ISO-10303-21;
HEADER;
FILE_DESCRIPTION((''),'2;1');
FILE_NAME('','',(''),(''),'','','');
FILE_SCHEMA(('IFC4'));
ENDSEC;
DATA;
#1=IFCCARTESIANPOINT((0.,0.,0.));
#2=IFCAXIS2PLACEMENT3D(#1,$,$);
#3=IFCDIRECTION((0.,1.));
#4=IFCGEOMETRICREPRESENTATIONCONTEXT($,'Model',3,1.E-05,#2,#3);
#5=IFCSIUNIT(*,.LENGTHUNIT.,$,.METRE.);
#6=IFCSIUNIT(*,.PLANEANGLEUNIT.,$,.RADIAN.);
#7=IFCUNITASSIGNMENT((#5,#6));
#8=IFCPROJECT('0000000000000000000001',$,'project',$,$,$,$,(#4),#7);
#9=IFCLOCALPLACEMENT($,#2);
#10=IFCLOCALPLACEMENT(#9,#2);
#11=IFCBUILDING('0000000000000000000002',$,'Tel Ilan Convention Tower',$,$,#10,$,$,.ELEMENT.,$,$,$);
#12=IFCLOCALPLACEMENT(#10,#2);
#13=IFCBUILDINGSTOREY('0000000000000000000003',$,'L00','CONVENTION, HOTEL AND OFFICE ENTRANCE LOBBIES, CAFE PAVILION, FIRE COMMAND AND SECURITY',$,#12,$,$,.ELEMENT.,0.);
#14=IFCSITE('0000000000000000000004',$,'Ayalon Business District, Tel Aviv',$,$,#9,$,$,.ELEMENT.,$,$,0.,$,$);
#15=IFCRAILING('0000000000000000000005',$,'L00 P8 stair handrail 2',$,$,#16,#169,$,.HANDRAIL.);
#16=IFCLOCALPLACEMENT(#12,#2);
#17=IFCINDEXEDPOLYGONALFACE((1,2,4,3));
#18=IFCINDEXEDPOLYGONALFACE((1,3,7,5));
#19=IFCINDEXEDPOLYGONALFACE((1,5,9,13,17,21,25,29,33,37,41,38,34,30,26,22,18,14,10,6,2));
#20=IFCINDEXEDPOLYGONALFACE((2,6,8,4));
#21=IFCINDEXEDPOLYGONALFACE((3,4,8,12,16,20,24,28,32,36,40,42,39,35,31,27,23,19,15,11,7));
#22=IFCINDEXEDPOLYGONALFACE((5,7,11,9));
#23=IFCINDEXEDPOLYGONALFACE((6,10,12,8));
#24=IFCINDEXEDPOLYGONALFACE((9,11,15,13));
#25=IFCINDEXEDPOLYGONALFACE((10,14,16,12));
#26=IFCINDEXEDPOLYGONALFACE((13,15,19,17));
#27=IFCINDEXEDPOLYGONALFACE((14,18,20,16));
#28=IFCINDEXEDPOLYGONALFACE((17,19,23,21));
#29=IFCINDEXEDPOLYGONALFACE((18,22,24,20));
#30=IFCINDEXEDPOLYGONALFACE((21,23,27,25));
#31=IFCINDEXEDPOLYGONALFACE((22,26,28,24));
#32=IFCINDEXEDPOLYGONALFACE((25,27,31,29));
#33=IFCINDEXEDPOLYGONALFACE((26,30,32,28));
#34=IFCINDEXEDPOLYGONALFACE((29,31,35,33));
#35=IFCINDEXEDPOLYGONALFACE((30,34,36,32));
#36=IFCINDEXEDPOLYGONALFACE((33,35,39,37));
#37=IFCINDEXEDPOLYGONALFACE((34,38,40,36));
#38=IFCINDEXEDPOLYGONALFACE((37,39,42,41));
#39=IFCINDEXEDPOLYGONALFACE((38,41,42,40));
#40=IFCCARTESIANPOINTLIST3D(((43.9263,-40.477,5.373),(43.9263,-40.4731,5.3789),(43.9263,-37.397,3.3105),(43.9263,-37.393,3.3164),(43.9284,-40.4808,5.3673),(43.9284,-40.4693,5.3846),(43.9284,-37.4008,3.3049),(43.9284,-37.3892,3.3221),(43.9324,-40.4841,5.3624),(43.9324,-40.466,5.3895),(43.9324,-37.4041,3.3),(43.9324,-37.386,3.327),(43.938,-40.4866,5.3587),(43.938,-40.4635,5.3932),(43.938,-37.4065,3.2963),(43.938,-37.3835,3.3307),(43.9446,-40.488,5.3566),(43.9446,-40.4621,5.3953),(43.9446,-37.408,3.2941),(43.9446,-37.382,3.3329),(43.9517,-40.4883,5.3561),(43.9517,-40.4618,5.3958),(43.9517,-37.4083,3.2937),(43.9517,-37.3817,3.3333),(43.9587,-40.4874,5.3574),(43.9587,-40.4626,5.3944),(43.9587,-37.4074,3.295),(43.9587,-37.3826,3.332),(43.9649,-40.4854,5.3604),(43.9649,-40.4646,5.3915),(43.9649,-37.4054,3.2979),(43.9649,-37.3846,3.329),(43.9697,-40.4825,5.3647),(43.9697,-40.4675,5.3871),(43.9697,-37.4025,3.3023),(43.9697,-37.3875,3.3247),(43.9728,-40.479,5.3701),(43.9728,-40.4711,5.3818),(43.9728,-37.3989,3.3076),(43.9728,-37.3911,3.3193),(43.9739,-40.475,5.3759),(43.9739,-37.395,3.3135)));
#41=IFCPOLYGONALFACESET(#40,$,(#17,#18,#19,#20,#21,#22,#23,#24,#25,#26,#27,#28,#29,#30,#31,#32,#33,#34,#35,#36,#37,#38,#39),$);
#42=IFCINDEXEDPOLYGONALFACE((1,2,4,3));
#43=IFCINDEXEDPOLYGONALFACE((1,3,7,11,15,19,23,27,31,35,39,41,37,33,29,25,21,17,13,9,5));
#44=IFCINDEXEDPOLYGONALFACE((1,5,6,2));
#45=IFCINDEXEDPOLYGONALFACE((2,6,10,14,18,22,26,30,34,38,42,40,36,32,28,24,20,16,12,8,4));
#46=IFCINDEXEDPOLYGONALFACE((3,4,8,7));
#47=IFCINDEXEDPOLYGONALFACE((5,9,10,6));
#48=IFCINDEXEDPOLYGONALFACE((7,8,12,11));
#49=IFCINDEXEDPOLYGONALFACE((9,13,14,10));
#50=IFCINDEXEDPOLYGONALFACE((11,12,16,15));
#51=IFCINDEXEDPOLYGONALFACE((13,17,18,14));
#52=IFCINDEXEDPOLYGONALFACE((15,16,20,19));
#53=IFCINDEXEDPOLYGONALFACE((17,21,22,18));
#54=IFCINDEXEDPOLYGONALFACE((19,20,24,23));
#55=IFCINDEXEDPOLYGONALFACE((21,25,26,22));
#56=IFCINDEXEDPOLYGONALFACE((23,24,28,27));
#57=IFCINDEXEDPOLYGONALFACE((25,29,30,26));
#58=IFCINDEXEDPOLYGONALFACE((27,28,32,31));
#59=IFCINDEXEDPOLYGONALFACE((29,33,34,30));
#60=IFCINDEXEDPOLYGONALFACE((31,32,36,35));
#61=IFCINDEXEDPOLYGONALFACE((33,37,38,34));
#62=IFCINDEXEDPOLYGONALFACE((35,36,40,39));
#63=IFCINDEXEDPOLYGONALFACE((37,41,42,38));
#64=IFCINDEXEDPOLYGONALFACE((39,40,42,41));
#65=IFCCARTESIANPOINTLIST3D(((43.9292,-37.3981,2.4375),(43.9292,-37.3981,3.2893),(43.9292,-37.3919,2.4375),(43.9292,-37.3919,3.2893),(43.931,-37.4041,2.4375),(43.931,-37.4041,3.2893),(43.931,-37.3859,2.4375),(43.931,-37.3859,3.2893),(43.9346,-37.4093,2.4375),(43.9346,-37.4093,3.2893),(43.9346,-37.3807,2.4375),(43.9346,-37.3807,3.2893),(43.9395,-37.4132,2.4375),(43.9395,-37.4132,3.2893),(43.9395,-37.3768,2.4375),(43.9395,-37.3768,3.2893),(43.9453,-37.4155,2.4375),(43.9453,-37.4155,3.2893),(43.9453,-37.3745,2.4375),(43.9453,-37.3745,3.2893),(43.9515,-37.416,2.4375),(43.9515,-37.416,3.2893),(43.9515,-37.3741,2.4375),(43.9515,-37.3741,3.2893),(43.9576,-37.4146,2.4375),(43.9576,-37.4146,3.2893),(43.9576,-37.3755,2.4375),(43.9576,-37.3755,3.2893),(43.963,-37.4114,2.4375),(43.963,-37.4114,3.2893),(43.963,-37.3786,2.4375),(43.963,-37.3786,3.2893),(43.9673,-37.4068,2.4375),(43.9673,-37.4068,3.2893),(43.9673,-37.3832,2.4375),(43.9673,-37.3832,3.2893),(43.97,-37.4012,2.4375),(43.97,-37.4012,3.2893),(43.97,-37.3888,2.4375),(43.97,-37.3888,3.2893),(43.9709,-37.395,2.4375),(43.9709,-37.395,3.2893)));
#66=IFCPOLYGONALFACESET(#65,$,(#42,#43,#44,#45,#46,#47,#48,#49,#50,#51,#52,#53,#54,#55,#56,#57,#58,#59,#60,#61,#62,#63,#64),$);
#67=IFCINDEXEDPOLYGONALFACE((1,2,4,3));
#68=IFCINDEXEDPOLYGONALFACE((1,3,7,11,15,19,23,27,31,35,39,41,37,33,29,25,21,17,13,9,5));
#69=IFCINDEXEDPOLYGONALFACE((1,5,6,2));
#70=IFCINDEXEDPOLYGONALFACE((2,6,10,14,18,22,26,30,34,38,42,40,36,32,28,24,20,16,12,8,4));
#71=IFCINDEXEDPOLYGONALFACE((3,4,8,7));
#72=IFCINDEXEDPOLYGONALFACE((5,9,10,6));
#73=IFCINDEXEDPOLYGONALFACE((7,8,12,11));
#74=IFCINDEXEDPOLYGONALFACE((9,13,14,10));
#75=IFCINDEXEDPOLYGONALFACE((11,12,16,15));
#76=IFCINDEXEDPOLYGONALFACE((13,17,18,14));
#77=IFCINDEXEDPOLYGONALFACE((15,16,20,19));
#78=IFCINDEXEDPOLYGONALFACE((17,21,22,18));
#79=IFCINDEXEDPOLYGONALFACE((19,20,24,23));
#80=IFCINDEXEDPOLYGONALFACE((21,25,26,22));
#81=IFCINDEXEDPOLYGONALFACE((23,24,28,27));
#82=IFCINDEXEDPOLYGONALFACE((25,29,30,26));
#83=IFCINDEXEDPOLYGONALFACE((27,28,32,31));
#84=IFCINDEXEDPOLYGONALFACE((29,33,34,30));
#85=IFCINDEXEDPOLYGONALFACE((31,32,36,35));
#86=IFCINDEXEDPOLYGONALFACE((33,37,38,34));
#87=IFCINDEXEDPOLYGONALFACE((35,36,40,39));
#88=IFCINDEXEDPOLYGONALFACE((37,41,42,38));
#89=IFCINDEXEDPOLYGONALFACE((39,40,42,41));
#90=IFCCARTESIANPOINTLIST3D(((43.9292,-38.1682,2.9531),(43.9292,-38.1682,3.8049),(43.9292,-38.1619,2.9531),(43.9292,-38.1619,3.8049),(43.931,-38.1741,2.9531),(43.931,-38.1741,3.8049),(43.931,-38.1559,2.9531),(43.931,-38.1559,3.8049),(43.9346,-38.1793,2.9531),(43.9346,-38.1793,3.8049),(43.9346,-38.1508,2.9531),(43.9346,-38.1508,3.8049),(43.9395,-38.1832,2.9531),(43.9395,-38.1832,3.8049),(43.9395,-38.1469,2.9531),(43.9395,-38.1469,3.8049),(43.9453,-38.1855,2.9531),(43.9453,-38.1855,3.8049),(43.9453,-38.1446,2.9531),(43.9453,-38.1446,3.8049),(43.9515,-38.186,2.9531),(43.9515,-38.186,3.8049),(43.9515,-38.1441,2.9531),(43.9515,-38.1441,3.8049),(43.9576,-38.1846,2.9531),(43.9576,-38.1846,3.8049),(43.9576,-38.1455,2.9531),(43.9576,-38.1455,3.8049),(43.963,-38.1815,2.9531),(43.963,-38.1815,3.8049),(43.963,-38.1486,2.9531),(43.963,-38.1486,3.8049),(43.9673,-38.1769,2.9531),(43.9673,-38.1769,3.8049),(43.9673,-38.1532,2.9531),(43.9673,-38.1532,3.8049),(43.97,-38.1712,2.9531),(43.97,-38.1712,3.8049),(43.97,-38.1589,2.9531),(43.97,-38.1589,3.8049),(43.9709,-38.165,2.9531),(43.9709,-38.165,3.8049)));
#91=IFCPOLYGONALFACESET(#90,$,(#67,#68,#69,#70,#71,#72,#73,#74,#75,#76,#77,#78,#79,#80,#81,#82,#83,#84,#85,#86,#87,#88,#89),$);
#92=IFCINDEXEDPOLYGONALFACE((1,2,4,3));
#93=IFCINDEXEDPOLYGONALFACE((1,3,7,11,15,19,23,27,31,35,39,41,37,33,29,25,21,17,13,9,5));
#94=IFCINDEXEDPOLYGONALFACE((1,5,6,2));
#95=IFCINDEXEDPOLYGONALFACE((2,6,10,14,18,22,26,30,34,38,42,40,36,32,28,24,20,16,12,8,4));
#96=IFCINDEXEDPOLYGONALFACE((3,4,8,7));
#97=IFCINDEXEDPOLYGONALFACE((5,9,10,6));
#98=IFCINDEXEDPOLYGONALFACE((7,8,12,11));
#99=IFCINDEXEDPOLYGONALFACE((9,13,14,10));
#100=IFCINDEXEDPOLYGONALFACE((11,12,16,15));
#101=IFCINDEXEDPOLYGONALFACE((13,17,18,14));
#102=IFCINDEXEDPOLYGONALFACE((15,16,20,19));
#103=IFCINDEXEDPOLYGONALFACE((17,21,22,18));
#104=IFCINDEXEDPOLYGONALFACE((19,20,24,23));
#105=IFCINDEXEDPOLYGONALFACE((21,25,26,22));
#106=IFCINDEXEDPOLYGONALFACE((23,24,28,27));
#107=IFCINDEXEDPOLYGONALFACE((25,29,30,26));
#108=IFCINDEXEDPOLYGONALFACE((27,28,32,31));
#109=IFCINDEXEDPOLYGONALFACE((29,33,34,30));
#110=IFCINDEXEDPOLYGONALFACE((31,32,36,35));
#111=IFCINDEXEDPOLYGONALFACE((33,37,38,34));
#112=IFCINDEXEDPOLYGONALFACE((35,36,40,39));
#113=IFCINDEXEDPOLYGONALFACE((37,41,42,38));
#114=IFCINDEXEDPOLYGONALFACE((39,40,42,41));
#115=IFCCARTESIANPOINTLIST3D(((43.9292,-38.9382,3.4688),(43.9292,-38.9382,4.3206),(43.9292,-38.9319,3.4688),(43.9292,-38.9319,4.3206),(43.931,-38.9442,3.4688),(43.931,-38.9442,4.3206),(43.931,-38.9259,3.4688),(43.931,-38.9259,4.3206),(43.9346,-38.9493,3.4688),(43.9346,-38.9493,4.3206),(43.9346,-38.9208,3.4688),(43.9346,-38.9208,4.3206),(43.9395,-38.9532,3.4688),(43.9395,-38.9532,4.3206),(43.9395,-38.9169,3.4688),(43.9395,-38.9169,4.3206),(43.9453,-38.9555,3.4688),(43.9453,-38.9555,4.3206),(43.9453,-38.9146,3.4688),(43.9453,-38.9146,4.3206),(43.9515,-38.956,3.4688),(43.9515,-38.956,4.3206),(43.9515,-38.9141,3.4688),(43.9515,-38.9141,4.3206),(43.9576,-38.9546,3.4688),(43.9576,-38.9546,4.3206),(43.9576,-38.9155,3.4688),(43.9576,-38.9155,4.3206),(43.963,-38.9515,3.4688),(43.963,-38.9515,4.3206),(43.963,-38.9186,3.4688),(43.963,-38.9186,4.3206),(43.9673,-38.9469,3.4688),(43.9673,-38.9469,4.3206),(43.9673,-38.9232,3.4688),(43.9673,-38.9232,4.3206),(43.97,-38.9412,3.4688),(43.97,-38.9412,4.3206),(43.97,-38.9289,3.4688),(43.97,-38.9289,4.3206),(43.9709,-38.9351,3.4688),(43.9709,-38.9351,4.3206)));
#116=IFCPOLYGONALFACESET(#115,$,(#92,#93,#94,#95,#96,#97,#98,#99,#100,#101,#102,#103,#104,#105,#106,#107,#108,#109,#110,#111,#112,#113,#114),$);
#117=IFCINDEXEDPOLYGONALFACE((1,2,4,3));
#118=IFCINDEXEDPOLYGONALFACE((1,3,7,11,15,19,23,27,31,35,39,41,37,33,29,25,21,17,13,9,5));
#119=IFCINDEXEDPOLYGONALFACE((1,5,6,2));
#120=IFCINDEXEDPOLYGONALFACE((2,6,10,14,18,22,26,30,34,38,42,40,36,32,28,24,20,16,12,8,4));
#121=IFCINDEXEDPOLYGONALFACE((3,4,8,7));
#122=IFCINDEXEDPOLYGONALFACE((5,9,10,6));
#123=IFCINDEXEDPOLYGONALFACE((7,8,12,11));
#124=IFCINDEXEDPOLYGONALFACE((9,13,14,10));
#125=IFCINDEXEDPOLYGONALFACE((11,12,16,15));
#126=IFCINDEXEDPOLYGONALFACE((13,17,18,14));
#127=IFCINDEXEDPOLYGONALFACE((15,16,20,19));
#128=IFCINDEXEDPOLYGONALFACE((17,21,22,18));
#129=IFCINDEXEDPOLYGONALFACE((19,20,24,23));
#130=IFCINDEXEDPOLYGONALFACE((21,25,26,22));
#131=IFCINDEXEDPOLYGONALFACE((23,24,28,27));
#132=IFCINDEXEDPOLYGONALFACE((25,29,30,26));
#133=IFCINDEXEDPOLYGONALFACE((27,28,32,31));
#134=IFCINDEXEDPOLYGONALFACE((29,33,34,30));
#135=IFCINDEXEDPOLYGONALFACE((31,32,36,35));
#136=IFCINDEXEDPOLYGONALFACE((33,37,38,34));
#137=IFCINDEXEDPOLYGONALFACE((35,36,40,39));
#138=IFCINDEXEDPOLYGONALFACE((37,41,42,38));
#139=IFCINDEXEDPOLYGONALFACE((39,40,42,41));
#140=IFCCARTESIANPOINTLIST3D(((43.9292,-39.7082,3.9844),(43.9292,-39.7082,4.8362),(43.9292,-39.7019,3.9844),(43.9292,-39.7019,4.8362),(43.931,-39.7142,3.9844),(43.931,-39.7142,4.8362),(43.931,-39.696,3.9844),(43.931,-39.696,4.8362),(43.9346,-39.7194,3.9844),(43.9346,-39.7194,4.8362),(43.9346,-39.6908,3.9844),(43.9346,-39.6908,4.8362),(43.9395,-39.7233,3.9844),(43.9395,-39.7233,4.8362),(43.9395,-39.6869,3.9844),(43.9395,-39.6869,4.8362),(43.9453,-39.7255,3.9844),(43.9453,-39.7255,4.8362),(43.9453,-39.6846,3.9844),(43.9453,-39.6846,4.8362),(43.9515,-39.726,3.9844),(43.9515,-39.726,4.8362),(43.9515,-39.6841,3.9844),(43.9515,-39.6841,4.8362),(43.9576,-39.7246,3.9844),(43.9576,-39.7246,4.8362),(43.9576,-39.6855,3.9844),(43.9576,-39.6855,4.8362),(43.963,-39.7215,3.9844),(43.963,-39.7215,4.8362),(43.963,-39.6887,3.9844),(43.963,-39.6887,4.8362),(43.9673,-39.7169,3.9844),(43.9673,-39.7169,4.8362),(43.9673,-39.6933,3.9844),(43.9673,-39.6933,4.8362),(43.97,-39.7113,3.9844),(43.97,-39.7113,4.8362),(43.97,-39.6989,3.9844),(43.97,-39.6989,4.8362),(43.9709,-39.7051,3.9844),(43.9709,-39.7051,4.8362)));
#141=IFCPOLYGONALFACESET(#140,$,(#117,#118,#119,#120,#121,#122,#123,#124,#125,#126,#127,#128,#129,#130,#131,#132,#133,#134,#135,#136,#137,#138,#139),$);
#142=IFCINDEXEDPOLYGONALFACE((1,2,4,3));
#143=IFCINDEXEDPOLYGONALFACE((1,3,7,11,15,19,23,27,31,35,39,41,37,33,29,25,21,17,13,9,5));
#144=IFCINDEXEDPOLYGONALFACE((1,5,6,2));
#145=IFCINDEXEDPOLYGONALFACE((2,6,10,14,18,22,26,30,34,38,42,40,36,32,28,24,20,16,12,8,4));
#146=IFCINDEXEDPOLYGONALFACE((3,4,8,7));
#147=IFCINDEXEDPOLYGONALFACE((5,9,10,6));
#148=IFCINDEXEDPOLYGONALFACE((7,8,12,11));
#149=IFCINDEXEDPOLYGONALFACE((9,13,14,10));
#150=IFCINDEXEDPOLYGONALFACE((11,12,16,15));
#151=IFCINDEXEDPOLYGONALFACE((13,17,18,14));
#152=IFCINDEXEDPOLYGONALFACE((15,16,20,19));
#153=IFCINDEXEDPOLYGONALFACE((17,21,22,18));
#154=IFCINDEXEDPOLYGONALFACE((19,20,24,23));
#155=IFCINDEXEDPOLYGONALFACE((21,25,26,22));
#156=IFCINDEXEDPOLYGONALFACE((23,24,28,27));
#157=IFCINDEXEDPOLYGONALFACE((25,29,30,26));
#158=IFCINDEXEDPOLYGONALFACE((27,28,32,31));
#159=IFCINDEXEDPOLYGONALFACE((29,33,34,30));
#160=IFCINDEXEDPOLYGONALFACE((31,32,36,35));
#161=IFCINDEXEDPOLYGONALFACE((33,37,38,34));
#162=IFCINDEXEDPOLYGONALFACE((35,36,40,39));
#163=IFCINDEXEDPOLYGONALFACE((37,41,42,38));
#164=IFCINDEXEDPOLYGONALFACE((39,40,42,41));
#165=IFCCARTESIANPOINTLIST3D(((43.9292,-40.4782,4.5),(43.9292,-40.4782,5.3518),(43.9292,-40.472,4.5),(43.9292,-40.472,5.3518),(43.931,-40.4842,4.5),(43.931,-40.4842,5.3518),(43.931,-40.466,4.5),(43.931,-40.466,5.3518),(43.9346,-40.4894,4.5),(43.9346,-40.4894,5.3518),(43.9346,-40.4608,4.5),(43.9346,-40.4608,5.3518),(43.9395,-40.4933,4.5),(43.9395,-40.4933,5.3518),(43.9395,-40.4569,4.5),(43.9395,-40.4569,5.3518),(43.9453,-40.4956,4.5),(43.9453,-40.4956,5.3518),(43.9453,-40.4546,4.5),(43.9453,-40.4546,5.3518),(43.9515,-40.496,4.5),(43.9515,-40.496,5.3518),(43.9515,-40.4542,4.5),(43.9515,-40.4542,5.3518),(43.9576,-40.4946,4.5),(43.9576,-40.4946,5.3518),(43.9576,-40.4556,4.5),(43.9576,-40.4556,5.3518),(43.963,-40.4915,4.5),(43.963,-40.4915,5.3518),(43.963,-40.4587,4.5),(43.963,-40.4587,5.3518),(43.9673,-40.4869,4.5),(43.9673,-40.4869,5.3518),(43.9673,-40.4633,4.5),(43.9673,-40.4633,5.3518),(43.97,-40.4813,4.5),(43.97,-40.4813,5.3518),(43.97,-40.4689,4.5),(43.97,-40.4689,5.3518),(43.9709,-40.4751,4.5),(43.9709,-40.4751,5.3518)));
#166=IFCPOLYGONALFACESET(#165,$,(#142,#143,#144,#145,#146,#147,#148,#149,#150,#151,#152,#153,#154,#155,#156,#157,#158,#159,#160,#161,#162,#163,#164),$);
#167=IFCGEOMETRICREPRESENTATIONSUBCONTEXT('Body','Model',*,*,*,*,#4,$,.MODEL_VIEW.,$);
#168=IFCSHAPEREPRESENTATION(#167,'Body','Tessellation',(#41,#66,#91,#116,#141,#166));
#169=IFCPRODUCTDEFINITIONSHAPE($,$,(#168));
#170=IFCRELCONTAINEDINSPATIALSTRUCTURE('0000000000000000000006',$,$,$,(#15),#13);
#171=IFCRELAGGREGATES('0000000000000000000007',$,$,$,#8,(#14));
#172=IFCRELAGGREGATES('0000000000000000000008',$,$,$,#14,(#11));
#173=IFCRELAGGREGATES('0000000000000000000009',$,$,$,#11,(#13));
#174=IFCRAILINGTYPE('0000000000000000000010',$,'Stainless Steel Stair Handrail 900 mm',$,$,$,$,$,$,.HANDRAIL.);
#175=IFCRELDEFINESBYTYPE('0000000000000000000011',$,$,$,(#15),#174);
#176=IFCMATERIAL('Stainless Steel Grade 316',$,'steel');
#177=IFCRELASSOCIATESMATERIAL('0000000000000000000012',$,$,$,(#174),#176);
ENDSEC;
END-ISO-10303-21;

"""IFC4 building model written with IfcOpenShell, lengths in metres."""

from ifc_helpers import new_model, si_unit, direction, frame, origin, origin_2d, place, context, subcontext, project, spatial, circle, extrude, material, type_object, element, save


model = new_model("IFC4")

# Units and contexts
model_context = context("Model", 3, precision=1e-05, world=origin(), true_north=direction((0.0, 1.0)))
body_context = subcontext(model_context, "Body", "Model", "MODEL_VIEW")
ifc_project = project(units=[si_unit("LENGTHUNIT", "METRE"), si_unit("PLANEANGLEUNIT", "RADIAN")], contexts=[model_context])

# Site, building, storey
site_placement = place(None, origin())
site = spatial("IfcSite", under=ifc_project, at=site_placement, Name="Ayalon Business District, Tel Aviv", CompositionType="ELEMENT", RefElevation=0.0)
building_placement = place(site_placement, origin())
building = spatial("IfcBuilding", under=site, at=building_placement, Name="Tel Ilan Convention Tower", CompositionType="ELEMENT")
storey_placement = place(building_placement, origin())
storey = spatial("IfcBuildingStorey", under=building, at=storey_placement, Name="L00", Description="CONVENTION, HOTEL AND OFFICE ENTRANCE LOBBIES, CAFE PAVILION, FIRE COMMAND AND SECURITY", CompositionType="ELEMENT", Elevation=0.0)

# Railing
ifc_material_1 = material(Name="Stainless Steel Grade 316", Category="steel")
railing_type_1 = type_object("IfcRailingType", Name="Stainless Steel Stair Handrail 900 mm", PredefinedType="HANDRAIL", material=ifc_material_1)
for number, where, name in (
    (1, (43.95, -37.395, 2.4375), "L00 P8 stair handrail 2"),
):
    element("IfcRailing", number, at=place(storey_placement, frame(where)), inside=storey, type_object=railing_type_1, Name=name, PredefinedType="HANDRAIL", context=body_context, shape_type="SweptSolid", body=[
        extrude(circle(Radius=0.0239, at=origin_2d()), frame((0.0, 0.0, 0.876), z_axis=(0.0, -0.830914, 0.556401), x_axis=(1.0, 0.0, 0.0)), (0.0, 0.0, 1.0), 3.7068),
        extrude(circle(Radius=0.021, at=origin_2d()), origin(), (0.0, 0.0, 1.0), 0.8518),
        extrude(circle(Radius=0.021, at=origin_2d()), frame((0.0, -0.77, 0.5156)), (0.0, 0.0, 1.0), 0.8518),
        extrude(circle(Radius=0.021, at=origin_2d()), frame((0.0, -1.54, 1.0312)), (0.0, 0.0, 1.0), 0.8518),
        extrude(circle(Radius=0.021, at=origin_2d()), frame((0.0, -2.3101, 1.5469)), (0.0, 0.0, 1.0), 0.8518),
        extrude(circle(Radius=0.021, at=origin_2d()), frame((0.0, -3.0801, 2.0625)), (0.0, 0.0, 1.0), 0.8518),
    ])

save(model, "model.ifc")
